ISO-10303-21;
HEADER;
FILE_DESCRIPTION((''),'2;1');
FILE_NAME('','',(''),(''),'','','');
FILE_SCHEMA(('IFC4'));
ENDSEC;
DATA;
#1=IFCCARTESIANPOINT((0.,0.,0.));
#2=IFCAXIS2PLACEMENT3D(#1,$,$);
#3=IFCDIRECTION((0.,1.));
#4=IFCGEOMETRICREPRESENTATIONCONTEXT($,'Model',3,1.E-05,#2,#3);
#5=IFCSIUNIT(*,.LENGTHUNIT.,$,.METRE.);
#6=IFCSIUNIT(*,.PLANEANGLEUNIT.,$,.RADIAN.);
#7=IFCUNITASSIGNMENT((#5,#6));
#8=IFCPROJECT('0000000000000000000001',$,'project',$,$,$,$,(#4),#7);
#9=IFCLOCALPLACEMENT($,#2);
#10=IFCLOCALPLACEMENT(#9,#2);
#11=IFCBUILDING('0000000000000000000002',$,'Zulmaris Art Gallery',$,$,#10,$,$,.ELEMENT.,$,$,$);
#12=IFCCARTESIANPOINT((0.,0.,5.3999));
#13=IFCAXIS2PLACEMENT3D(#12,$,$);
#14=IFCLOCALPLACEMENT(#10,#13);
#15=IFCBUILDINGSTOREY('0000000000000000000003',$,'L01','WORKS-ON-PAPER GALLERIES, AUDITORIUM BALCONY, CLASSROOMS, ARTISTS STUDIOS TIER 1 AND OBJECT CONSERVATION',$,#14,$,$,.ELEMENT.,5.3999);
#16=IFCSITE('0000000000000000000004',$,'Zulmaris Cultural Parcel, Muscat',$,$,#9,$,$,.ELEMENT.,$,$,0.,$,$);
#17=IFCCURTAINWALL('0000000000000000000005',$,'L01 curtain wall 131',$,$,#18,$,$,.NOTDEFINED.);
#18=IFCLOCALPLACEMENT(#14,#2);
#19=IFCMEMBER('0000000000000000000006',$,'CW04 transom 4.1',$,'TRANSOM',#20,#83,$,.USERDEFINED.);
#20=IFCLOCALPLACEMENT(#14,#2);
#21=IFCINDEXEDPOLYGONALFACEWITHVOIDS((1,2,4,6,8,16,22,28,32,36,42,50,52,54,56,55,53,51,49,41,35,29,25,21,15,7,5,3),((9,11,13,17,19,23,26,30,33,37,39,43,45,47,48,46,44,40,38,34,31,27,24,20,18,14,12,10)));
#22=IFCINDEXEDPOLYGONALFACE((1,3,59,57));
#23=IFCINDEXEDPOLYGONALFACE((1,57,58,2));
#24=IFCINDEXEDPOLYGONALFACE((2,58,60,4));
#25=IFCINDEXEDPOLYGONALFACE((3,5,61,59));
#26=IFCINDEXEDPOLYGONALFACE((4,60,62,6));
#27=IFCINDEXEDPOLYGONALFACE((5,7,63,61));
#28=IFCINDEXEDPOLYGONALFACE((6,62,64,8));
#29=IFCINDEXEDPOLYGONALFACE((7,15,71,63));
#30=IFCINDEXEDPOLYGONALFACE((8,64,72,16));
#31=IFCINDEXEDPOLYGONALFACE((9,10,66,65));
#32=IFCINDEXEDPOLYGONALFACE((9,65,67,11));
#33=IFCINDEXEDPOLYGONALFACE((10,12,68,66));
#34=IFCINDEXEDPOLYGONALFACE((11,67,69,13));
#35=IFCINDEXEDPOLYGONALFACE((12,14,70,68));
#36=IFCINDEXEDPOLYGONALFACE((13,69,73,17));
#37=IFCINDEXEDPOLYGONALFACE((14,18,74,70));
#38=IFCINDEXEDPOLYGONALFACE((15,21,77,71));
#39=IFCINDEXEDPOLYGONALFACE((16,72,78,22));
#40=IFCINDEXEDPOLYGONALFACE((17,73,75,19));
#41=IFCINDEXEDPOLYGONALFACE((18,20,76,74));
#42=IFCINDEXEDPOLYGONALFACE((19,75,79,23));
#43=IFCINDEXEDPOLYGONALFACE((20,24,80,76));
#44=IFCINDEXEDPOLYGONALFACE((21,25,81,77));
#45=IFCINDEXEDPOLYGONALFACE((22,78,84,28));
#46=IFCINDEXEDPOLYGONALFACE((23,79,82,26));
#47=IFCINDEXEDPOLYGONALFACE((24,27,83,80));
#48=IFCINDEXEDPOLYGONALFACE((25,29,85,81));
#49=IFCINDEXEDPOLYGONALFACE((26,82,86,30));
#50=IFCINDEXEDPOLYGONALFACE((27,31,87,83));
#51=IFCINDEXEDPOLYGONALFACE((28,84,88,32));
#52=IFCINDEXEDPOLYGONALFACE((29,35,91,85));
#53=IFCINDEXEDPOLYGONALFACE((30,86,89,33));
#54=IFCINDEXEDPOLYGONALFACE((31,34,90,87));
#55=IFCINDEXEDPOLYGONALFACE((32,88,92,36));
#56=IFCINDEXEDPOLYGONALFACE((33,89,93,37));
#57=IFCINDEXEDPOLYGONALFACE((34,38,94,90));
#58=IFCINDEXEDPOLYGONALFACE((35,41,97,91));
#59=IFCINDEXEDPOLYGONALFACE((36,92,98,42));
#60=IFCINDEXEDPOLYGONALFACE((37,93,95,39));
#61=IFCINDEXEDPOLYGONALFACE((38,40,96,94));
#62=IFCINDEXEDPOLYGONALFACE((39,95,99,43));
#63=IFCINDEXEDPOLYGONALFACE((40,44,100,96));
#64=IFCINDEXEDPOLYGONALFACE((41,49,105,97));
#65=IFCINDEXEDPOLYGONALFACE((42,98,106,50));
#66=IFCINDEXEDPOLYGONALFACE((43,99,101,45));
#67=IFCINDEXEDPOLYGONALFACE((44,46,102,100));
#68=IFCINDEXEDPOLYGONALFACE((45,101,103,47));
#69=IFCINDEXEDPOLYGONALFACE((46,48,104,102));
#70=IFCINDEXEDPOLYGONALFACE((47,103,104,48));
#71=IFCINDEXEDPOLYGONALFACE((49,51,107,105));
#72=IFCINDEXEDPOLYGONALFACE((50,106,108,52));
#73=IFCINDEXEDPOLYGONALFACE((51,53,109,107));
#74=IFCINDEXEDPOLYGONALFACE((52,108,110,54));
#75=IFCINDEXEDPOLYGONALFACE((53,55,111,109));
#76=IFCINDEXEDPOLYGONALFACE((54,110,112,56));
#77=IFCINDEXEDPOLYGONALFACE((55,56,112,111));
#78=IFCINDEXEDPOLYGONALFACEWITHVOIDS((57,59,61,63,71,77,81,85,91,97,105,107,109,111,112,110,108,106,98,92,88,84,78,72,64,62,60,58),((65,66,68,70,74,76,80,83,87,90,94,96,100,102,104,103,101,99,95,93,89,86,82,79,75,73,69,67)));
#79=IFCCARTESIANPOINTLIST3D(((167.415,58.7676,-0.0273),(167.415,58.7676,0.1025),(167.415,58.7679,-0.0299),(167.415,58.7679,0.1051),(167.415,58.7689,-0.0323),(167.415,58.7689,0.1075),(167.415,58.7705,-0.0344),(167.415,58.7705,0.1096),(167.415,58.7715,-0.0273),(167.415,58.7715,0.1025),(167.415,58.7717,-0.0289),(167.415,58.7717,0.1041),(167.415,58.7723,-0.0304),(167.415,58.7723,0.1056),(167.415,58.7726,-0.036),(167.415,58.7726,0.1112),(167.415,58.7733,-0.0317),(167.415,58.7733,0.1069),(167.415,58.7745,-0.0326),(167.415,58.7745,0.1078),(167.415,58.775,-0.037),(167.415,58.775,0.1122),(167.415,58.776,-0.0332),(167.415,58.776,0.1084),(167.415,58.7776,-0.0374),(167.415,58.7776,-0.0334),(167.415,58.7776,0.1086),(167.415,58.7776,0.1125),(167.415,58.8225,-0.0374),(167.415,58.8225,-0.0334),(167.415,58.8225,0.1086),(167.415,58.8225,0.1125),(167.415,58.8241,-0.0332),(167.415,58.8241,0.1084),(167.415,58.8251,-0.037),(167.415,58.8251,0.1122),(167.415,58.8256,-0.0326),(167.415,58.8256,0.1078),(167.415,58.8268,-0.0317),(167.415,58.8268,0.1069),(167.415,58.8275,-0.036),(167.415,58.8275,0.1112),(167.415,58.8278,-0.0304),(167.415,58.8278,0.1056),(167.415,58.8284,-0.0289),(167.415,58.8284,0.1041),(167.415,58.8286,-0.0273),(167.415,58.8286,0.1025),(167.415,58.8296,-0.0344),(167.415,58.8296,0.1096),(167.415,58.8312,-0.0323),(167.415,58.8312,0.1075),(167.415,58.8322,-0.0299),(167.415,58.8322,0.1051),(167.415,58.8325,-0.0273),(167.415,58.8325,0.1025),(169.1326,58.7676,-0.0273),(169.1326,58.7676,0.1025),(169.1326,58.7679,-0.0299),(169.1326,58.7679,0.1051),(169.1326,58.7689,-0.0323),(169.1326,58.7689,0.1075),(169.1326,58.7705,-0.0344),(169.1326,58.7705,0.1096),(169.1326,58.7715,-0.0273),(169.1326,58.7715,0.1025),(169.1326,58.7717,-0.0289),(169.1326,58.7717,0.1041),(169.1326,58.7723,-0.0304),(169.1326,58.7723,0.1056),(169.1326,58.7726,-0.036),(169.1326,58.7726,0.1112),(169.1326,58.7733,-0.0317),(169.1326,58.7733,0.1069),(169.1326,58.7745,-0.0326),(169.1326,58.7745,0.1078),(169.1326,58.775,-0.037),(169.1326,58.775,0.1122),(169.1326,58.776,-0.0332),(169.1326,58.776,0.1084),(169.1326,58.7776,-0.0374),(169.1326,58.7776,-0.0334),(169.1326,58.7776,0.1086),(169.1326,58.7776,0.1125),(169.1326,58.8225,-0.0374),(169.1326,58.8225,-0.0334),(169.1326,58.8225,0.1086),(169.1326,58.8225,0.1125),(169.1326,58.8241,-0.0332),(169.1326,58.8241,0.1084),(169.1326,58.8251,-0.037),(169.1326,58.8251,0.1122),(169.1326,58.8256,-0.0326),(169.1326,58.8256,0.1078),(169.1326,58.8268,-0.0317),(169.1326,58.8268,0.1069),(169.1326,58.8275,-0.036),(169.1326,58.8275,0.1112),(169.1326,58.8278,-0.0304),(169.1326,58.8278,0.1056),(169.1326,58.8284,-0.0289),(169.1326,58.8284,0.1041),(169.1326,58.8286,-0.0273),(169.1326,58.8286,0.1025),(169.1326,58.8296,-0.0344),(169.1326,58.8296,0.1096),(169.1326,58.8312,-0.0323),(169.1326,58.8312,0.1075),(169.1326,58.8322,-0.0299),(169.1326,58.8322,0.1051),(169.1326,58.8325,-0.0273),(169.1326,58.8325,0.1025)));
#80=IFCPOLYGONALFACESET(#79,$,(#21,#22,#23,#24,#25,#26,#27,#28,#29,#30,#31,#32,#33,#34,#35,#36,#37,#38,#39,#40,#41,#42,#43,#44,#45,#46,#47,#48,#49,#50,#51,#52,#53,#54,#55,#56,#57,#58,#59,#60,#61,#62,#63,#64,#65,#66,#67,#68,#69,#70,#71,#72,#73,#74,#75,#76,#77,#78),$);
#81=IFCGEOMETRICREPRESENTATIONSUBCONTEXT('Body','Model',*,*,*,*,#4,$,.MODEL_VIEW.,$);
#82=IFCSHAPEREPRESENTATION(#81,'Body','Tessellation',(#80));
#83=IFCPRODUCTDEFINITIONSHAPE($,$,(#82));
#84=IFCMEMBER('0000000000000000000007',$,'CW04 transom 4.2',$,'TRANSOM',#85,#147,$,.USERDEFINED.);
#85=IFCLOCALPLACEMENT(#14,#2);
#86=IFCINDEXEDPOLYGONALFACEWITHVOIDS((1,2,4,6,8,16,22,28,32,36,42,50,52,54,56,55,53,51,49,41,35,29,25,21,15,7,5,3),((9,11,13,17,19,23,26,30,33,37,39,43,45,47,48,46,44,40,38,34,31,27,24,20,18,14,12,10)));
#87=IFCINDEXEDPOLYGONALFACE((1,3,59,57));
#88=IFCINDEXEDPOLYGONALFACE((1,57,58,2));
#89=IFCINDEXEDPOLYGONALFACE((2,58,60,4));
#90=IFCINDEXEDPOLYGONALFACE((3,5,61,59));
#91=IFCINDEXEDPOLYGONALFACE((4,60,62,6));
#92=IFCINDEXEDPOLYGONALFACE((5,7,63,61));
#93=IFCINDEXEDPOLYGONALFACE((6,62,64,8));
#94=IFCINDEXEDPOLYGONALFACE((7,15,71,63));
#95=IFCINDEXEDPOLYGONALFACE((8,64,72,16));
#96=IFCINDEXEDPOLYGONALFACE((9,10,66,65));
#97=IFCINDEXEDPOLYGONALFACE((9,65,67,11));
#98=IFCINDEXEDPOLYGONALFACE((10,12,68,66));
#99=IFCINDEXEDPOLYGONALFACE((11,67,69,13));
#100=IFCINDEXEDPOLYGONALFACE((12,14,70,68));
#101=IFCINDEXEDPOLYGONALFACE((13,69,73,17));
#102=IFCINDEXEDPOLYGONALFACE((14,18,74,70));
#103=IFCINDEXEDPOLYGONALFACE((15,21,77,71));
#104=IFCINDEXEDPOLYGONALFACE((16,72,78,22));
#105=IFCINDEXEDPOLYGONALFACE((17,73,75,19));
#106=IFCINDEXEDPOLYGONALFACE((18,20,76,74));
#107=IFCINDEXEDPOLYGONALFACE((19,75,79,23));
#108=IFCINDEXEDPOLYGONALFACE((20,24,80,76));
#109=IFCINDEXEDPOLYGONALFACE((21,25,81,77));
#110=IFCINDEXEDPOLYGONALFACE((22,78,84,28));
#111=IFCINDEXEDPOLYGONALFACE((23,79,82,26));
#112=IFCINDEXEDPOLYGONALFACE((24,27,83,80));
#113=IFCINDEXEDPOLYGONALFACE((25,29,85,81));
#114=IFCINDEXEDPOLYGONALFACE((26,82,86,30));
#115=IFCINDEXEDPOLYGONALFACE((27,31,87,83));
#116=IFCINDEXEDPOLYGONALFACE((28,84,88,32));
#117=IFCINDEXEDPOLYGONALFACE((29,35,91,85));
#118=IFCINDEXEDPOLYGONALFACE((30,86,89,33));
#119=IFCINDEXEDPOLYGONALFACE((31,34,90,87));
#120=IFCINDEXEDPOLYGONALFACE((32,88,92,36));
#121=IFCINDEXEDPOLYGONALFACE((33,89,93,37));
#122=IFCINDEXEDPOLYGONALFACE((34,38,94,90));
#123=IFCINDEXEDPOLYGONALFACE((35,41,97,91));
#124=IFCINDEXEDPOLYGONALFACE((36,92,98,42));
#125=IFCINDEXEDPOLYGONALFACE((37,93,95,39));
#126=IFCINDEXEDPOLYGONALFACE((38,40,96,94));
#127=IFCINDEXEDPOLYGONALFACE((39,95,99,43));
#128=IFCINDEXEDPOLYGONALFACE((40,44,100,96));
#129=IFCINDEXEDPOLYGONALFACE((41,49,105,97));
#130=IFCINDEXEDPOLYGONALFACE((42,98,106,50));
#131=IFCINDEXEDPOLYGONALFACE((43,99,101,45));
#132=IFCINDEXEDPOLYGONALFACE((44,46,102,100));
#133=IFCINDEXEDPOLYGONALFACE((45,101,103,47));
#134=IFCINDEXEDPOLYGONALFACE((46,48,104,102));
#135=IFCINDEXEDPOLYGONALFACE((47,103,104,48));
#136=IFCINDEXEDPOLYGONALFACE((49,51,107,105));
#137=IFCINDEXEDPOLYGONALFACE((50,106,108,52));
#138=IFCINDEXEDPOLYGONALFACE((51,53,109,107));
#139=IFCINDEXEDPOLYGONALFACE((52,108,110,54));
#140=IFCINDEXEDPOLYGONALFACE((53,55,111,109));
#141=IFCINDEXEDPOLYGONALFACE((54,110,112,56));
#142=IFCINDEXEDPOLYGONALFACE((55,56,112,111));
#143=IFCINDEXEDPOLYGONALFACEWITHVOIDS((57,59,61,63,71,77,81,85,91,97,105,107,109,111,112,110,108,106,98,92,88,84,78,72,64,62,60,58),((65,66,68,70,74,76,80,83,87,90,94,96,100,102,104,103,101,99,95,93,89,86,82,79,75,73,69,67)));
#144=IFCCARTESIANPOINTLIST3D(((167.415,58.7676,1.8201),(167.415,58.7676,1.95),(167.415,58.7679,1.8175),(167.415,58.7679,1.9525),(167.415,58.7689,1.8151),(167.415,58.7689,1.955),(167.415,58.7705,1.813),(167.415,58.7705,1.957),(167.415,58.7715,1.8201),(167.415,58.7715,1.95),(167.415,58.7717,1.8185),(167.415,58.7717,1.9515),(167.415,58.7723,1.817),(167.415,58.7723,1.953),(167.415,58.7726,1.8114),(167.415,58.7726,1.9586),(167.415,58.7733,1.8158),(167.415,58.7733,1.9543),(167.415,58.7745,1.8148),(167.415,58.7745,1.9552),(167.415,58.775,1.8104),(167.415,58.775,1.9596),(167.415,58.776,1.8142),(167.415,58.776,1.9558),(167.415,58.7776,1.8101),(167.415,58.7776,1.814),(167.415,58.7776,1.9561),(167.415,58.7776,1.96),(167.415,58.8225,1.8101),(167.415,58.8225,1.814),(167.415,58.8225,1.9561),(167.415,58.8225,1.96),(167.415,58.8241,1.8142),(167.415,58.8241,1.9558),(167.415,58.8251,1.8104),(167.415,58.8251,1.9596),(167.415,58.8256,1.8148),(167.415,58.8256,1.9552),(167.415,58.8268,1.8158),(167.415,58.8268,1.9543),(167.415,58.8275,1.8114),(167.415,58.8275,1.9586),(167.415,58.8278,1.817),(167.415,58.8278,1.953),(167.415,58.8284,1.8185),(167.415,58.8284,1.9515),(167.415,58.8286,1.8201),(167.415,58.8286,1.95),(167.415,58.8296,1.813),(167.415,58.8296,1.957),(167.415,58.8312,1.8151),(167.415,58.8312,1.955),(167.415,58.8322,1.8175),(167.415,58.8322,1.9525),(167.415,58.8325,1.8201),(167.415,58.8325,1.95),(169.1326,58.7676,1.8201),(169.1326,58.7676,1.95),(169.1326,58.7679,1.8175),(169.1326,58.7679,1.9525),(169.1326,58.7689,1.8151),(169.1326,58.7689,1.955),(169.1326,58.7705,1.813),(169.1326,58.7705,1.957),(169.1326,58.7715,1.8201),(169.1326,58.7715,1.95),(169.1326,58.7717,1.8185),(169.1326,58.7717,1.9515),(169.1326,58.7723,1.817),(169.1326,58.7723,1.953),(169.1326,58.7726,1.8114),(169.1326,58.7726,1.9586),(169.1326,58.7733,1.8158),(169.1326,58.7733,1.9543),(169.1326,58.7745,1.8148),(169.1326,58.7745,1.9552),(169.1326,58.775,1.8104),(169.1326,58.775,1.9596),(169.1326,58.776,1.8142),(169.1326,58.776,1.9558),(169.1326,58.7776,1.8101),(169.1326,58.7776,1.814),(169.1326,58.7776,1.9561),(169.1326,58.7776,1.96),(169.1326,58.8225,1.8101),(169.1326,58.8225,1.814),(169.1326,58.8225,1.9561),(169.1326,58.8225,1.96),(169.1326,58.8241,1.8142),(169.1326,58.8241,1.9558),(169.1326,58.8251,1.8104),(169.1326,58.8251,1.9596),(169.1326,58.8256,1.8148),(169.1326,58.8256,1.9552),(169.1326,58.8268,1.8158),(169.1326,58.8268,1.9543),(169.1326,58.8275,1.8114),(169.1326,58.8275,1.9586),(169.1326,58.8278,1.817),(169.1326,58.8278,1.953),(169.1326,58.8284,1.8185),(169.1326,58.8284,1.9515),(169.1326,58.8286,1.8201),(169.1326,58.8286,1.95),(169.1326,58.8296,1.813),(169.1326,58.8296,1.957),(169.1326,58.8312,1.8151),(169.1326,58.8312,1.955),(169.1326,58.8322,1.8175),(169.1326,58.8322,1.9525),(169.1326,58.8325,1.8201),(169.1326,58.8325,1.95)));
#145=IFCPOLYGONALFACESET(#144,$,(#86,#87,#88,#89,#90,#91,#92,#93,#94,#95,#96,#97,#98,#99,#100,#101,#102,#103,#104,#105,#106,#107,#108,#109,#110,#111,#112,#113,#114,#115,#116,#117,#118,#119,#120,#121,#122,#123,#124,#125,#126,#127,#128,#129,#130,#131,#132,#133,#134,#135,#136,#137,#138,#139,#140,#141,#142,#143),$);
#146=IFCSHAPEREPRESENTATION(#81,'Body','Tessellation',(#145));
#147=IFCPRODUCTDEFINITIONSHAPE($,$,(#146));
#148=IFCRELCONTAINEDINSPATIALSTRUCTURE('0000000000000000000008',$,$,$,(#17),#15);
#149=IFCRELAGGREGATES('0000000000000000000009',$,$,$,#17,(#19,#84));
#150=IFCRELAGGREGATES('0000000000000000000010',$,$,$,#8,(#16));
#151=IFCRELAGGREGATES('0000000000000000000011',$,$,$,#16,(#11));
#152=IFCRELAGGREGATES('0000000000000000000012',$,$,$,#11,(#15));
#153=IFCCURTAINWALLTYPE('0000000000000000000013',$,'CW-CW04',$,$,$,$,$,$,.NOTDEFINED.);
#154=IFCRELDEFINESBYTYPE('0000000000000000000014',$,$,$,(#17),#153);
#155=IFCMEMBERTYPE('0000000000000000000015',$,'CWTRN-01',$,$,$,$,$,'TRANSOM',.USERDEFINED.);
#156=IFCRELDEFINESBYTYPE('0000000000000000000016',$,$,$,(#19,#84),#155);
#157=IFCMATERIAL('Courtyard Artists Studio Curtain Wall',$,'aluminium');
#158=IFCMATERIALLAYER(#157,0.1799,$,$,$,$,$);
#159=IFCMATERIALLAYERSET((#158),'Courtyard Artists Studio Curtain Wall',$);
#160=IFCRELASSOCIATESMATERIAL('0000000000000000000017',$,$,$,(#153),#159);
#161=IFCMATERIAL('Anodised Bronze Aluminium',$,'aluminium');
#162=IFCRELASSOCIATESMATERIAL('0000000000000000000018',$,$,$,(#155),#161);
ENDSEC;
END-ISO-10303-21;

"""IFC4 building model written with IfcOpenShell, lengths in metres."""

from ifc_helpers import new_model, si_unit, direction, frame, origin, origin_2d, place, context, subcontext, project, spatial, hollow_rectangle, extrude, material, layer, layer_set, material_profile, profile_set, type_object, element, aggregate, save


model = new_model("IFC4")

# Units and contexts
model_context = context("Model", 3, precision=1e-05, world=origin(), true_north=direction((0.0, 1.0)))
body_context = subcontext(model_context, "Body", "Model", "MODEL_VIEW")
ifc_project = project(units=[si_unit("LENGTHUNIT", "METRE"), si_unit("PLANEANGLEUNIT", "RADIAN")], contexts=[model_context])

# Site, building, storey
site_placement = place(None, origin())
site = spatial("IfcSite", under=ifc_project, at=site_placement, Name="Zulmaris Cultural Parcel, Muscat", CompositionType="ELEMENT", RefElevation=0.0)
building_placement = place(site_placement, origin())
building = spatial("IfcBuilding", under=site, at=building_placement, Name="Zulmaris Art Gallery", CompositionType="ELEMENT")
storey_placement = place(building_placement, frame((0.0, 0.0, 5.3999)))
storey = spatial("IfcBuildingStorey", under=building, at=storey_placement, Name="L01", Description="WORKS-ON-PAPER GALLERIES, AUDITORIUM BALCONY, CLASSROOMS, ARTISTS STUDIOS TIER 1 AND OBJECT CONSERVATION", CompositionType="ELEMENT", Elevation=5.3999)

# Curtain wall
ifc_material_1 = material(Name="Courtyard Artists Studio Curtain Wall", Category="aluminium")
ifc_layer_1 = layer(ifc_material_1, 0.1799)
ifc_layer_set_1 = layer_set([ifc_layer_1], Name="Courtyard Artists Studio Curtain Wall")
curtain_wall_type = type_object("IfcCurtainWallType", Name="CW-CW04", PredefinedType="NOTDEFINED", material=ifc_layer_set_1)
ifc_material_2 = material(Name="Anodised Bronze Aluminium", Category="aluminium")
curtain_wall_1_placement = place(storey_placement, origin())
curtain_wall_1 = element("IfcCurtainWall", 1, at=curtain_wall_1_placement, inside=storey, type_object=curtain_wall_type, Name="L01 curtain wall 131", PredefinedType="NOTDEFINED")

# Members
ifc_material_profile_1 = material_profile(ifc_material_2, hollow_rectangle(XDim=0.0649, YDim=0.1499, WallThickness=0.0039, InnerFilletRadius=0.0061, OuterFilletRadius=0.01, at=origin_2d()), Name="ALU 65x150x4")
ifc_profile_set_1 = profile_set([ifc_material_profile_1], Name="Anodised Bronze Aluminium")
member_type_1 = type_object("IfcMemberType", Name="CWTRN-01", ElementType="TRANSOM", PredefinedType="USERDEFINED", material=ifc_profile_set_1)
member_1_placement = place(storey_placement, frame((169.1326, 58.8, 0.0376), z_axis=(-1.0, 0.0, 0.0), x_axis=(0.0, -1.0, 0.0)))
member_1 = element("IfcMember", 2, at=member_1_placement, type_object=member_type_1, Name="CW04 transom 4.1", ObjectType="TRANSOM", PredefinedType="USERDEFINED", context=body_context, shape_type="SweptSolid", body=[
    extrude(hollow_rectangle(XDim=0.0649, YDim=0.1499, WallThickness=0.0039, InnerFilletRadius=0.0061, OuterFilletRadius=0.01, at=origin_2d()), origin(), (0.0, 0.0, 1.0), 1.7175),
])
member_2_placement = place(storey_placement, frame((169.1326, 58.8, 1.885), z_axis=(-1.0, 0.0, 0.0), x_axis=(0.0, -1.0, 0.0)))
member_2 = element("IfcMember", 3, at=member_2_placement, type_object=member_type_1, Name="CW04 transom 4.2", ObjectType="TRANSOM", PredefinedType="USERDEFINED", context=body_context, shape_type="SweptSolid", body=[
    extrude(hollow_rectangle(XDim=0.0649, YDim=0.1499, WallThickness=0.0039, InnerFilletRadius=0.0061, OuterFilletRadius=0.01, at=origin_2d()), origin(), (0.0, 0.0, 1.0), 1.7175),
])

aggregate(curtain_wall_1, [member_1, member_2])

save(model, "model.ifc")
